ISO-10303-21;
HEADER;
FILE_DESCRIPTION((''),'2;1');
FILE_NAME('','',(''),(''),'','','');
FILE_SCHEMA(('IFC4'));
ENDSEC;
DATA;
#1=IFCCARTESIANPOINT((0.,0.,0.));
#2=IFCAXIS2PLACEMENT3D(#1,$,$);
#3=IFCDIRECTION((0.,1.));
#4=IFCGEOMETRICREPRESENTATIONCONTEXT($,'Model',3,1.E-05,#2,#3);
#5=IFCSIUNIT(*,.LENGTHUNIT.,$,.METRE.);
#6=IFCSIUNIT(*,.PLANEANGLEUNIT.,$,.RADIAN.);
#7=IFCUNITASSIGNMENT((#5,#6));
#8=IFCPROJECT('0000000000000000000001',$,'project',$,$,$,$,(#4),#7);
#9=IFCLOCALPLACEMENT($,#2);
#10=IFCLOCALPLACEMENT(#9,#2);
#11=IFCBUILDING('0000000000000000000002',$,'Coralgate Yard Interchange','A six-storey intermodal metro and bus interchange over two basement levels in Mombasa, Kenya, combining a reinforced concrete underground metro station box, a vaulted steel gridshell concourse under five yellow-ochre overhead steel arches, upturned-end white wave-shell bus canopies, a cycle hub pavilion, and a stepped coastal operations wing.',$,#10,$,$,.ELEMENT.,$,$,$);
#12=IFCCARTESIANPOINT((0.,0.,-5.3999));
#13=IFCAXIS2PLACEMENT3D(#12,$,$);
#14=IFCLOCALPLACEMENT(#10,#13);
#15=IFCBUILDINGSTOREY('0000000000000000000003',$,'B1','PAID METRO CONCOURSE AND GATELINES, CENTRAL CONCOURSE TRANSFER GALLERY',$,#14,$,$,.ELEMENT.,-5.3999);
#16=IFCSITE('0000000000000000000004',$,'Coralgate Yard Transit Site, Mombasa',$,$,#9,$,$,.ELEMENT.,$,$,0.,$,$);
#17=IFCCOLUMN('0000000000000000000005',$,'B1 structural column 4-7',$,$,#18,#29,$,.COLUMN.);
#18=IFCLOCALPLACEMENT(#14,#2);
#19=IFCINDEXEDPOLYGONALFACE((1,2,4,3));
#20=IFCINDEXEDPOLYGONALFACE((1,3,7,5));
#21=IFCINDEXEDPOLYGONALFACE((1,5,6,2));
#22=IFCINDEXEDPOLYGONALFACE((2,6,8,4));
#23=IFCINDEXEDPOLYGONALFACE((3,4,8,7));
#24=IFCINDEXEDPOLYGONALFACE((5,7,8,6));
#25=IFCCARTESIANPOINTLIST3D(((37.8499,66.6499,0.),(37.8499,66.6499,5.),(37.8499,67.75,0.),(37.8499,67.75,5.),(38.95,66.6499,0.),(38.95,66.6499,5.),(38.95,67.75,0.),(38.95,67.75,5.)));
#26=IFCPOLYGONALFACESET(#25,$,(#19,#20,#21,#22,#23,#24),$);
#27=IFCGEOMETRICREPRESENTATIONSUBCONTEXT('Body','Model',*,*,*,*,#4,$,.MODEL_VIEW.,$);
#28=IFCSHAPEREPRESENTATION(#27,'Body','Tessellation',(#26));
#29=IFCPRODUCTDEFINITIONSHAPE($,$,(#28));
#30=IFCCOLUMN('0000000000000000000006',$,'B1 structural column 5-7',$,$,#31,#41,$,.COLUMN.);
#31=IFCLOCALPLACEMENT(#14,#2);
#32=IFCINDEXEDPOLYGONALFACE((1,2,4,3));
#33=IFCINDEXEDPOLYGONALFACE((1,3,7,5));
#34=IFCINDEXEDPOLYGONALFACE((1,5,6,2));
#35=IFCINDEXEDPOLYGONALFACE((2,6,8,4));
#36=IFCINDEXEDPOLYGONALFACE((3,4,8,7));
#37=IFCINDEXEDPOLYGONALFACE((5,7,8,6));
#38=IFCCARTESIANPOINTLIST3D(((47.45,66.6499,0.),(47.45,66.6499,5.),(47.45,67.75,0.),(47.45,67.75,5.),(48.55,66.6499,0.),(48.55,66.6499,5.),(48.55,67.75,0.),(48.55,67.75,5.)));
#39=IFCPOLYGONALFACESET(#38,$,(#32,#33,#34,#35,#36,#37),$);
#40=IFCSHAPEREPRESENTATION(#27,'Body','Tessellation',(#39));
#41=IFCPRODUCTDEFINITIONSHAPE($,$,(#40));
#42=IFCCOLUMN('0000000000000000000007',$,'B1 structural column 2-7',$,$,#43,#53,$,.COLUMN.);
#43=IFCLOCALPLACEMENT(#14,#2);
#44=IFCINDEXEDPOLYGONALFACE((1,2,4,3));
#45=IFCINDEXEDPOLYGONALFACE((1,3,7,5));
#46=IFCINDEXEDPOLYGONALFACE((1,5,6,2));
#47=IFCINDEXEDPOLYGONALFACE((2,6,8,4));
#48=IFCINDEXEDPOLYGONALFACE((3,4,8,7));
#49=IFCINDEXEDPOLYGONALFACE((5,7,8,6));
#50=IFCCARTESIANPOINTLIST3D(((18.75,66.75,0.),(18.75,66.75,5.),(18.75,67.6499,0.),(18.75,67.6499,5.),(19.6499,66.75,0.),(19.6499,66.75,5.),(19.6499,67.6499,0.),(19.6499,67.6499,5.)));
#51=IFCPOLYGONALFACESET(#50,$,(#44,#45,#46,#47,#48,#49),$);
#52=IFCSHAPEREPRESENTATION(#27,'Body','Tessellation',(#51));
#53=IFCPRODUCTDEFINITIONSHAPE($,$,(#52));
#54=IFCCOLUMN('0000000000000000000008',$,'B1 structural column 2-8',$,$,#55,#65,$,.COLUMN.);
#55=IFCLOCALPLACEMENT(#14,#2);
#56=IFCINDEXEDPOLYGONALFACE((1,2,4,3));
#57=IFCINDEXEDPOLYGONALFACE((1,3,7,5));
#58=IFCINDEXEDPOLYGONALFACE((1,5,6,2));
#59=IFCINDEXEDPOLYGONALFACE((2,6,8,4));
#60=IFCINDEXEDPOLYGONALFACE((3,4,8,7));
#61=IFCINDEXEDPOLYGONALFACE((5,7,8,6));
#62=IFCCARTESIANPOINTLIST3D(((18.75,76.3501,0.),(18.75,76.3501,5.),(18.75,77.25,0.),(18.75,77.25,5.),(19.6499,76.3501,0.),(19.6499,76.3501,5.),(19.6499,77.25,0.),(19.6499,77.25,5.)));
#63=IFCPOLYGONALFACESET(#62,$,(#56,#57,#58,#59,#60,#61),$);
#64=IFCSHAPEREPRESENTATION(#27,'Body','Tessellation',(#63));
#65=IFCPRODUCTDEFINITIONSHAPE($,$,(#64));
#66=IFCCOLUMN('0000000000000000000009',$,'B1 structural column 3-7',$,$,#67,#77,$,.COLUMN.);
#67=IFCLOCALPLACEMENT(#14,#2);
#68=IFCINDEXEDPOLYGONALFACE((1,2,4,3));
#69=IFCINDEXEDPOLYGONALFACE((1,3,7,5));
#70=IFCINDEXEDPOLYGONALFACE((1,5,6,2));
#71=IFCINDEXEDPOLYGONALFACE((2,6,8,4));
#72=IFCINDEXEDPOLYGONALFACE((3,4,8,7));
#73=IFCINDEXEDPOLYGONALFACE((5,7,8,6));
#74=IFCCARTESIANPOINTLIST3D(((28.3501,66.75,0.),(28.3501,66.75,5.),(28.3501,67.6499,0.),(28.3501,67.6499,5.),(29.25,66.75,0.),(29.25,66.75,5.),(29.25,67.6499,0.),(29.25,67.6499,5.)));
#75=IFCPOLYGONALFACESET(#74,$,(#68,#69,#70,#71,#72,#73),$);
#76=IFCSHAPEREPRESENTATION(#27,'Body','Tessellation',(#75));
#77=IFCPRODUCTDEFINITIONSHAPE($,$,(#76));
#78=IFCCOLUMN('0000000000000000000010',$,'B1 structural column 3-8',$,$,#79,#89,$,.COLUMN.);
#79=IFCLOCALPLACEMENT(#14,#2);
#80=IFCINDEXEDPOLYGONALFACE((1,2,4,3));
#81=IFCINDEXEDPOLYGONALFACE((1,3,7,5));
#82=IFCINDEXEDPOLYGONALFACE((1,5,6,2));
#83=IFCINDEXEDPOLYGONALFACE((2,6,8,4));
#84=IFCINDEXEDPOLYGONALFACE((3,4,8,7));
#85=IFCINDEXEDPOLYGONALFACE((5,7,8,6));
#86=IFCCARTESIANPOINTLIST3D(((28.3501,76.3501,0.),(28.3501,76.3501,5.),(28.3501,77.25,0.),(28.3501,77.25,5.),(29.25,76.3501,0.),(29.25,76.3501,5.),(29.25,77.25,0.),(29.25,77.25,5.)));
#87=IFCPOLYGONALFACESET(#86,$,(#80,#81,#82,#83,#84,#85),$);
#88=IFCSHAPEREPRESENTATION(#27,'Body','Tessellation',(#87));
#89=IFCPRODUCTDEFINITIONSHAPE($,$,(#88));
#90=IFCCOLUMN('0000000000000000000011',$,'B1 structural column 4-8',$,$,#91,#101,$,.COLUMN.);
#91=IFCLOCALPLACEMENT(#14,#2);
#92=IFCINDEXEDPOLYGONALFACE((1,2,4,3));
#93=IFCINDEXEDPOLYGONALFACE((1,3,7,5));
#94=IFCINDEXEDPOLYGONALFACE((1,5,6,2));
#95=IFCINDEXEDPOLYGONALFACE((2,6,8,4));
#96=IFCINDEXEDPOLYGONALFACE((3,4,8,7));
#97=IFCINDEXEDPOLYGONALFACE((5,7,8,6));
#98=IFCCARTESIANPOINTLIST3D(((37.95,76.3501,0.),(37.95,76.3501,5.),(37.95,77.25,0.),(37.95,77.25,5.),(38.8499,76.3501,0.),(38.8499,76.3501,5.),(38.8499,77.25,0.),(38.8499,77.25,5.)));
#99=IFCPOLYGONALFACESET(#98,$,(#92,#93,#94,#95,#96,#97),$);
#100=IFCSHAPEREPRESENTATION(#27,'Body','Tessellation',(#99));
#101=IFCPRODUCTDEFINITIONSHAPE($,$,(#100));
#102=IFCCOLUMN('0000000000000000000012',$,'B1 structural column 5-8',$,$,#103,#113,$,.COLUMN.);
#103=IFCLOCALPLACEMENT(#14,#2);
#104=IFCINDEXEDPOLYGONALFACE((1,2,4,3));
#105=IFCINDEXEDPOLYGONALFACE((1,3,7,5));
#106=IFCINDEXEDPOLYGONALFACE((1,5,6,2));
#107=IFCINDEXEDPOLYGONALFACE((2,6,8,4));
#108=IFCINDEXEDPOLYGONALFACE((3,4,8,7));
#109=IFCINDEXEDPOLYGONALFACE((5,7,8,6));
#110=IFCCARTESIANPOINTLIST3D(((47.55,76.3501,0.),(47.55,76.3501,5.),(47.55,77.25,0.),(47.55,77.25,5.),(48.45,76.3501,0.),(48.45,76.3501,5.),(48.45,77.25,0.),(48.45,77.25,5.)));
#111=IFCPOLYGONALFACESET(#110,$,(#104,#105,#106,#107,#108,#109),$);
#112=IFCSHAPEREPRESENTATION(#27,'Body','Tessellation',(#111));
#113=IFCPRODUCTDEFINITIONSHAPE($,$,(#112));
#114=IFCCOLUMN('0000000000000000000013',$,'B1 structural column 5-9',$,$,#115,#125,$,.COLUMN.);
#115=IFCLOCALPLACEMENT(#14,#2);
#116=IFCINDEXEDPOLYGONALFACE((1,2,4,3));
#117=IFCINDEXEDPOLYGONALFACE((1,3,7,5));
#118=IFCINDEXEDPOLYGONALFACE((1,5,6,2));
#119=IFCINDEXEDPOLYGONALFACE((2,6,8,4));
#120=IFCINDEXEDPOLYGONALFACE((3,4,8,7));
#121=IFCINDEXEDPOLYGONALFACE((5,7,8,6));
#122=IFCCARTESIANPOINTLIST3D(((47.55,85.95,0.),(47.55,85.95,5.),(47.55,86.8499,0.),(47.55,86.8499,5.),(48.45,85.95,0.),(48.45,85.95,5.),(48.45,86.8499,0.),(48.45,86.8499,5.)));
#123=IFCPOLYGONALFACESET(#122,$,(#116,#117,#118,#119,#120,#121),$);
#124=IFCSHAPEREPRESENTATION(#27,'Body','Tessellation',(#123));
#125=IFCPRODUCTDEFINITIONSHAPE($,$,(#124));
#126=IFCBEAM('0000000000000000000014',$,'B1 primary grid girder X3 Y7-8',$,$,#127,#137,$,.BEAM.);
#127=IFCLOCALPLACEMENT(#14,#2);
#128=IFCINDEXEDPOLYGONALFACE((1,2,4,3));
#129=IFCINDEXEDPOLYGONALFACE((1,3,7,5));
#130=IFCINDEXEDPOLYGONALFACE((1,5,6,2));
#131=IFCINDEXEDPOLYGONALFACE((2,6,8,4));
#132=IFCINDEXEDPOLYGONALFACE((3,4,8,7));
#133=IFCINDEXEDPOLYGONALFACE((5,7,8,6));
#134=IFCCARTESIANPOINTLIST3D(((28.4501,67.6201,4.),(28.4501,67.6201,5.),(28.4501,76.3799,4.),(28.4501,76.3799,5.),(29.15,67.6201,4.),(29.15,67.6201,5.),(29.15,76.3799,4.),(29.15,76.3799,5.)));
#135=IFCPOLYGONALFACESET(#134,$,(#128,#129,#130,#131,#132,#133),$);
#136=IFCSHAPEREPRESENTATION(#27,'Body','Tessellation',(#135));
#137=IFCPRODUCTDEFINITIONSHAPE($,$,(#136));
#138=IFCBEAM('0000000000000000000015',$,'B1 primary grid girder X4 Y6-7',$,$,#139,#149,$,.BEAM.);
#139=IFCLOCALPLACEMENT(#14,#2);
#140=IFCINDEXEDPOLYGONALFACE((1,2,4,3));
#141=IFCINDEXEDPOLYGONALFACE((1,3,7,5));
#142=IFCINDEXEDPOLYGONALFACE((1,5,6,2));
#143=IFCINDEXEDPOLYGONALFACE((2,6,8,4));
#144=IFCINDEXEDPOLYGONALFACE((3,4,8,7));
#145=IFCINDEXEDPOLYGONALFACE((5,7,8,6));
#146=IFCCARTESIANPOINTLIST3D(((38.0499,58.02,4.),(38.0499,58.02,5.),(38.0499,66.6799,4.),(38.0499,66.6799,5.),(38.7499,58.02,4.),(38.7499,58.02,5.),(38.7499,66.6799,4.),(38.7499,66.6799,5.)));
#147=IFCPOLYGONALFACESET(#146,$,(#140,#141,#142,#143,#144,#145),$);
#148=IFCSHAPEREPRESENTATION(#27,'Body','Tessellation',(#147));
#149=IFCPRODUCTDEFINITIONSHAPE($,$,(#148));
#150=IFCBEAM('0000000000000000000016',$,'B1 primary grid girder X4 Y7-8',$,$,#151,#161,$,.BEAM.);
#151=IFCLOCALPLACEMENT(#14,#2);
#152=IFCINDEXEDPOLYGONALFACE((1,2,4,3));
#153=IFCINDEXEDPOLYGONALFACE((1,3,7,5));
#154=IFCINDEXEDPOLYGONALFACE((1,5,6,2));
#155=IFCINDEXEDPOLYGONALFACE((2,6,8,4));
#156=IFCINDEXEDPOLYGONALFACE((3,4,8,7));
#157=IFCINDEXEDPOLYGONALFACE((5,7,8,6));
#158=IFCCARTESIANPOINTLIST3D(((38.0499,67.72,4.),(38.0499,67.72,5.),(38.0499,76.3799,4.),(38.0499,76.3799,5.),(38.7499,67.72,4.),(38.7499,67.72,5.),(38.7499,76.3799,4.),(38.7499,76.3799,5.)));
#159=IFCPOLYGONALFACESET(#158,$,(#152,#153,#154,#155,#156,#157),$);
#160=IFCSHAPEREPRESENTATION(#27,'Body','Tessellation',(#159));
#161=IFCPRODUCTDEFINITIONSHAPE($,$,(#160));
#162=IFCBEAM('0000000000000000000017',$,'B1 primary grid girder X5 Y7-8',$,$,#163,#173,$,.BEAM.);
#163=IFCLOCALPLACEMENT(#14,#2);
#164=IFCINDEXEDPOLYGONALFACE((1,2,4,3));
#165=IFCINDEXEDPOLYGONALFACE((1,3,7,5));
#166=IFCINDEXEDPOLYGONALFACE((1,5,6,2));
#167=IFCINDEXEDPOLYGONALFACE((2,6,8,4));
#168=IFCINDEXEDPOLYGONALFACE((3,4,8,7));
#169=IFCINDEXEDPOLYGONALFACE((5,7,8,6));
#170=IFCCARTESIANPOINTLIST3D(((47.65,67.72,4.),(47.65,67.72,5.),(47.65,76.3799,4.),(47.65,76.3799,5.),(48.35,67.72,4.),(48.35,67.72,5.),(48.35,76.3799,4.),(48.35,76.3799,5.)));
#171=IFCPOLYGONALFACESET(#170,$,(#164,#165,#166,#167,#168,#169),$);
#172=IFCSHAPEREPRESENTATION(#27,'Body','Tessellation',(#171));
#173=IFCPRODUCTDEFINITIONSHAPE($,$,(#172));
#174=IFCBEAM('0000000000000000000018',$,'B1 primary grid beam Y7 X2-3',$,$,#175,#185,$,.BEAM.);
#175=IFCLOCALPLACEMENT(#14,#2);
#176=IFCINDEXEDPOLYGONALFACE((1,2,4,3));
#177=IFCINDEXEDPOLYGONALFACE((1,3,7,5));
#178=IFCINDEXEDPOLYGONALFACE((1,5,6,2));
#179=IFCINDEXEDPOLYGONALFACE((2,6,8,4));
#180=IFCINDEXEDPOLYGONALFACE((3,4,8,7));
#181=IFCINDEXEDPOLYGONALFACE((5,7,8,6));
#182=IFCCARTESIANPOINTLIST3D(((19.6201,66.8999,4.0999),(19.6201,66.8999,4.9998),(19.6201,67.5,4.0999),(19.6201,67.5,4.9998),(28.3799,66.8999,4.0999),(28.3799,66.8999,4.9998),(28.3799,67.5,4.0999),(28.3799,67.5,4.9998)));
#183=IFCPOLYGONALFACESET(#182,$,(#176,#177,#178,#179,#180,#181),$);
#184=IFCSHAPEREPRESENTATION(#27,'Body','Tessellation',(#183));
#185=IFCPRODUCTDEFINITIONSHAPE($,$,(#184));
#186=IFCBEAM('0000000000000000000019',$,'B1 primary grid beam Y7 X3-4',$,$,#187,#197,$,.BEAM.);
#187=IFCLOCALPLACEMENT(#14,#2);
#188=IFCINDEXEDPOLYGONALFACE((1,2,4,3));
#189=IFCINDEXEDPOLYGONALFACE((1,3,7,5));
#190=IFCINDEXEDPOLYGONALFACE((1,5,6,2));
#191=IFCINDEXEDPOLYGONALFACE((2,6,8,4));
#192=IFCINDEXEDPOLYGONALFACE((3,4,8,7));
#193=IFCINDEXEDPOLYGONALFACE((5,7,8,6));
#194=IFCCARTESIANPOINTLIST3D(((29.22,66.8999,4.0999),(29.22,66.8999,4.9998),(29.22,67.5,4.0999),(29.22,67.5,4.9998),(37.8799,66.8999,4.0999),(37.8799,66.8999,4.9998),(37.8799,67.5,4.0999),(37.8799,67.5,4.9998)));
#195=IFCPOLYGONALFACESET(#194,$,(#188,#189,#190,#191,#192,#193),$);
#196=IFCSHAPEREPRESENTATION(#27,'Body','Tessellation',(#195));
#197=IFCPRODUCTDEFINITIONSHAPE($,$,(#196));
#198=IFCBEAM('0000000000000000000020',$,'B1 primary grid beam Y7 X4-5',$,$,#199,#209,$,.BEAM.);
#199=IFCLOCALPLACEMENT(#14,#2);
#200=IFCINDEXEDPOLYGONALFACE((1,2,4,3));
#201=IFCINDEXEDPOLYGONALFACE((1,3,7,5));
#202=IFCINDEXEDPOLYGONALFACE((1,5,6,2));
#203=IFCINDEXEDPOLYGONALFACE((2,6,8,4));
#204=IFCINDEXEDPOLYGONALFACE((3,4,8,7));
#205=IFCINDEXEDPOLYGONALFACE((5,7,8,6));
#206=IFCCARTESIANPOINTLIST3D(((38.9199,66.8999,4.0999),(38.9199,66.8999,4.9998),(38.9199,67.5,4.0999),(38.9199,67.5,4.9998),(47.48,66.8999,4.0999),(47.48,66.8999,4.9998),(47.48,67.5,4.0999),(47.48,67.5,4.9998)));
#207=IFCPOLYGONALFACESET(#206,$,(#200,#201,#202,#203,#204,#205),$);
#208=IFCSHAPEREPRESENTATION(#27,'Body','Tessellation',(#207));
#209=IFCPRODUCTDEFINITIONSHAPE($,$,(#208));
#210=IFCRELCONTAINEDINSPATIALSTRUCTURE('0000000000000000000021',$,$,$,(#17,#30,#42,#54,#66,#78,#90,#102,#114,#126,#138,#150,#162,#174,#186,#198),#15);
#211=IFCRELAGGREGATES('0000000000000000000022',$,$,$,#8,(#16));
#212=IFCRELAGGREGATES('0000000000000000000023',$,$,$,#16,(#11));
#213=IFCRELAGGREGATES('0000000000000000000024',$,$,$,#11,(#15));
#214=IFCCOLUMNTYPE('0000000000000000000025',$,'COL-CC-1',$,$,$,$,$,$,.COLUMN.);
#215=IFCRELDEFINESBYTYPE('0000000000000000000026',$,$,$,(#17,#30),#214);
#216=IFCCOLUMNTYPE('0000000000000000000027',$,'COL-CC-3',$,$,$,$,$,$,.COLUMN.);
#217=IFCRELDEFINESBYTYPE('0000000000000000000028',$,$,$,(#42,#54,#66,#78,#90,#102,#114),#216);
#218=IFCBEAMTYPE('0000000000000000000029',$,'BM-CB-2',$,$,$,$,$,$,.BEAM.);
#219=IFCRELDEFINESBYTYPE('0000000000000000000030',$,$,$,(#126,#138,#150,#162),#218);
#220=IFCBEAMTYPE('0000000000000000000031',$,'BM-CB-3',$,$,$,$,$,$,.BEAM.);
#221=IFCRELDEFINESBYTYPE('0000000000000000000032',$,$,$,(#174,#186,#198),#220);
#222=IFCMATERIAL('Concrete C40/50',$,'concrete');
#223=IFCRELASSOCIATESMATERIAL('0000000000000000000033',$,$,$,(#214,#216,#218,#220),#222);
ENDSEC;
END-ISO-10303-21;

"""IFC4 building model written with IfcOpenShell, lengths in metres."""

from ifc_helpers import new_model, si_unit, direction, frame, origin, origin_2d, place, context, subcontext, project, spatial, rectangle, extrude, material, material_profile, profile_set, type_object, element, save


model = new_model("IFC4")

# Units and contexts
model_context = context("Model", 3, precision=1e-05, world=origin(), true_north=direction((0.0, 1.0)))
body_context = subcontext(model_context, "Body", "Model", "MODEL_VIEW")
ifc_project = project(units=[si_unit("LENGTHUNIT", "METRE"), si_unit("PLANEANGLEUNIT", "RADIAN")], contexts=[model_context])

# Site, building, storey
site_placement = place(None, origin())
site = spatial("IfcSite", under=ifc_project, at=site_placement, Name="Coralgate Yard Transit Site, Mombasa", CompositionType="ELEMENT", RefElevation=0.0)
building_placement = place(site_placement, origin())
building = spatial("IfcBuilding", under=site, at=building_placement, Name="Coralgate Yard Interchange", Description="A six-storey intermodal metro and bus interchange over two basement levels in Mombasa, Kenya, combining a reinforced concrete underground metro station box, a vaulted steel gridshell concourse under five yellow-ochre overhead steel arches, upturned-end white wave-shell bus canopies, a cycle hub pavilion, and a stepped coastal operations wing.", CompositionType="ELEMENT")
storey_placement = place(building_placement, frame((0.0, 0.0, -5.3999)))
storey = spatial("IfcBuildingStorey", under=building, at=storey_placement, Name="B1", Description="PAID METRO CONCOURSE AND GATELINES, CENTRAL CONCOURSE TRANSFER GALLERY", CompositionType="ELEMENT", Elevation=-5.3999)

# Columns
ifc_material_1 = material(Name="Concrete C40/50", Category="concrete")
ifc_material_profile_1 = material_profile(ifc_material_1, rectangle(XDim=1.1001, YDim=1.1001, at=origin_2d()), Name="RC 1100x1100")
ifc_profile_set_1 = profile_set([ifc_material_profile_1], Name="Concrete C40/50")
column_type_1 = type_object("IfcColumnType", Name="COL-CC-1", PredefinedType="COLUMN", material=ifc_profile_set_1)
for number, where, z_axis, x_axis, name in (
    (1, (38.3999, 67.2, 0.0), (0.0, 0.0, 1.0), (1.0, 0.0, 0.0), "B1 structural column 4-7"),
    (2, (48.0, 67.2, 0.0), (0.0, 0.0, 1.0), (1.0, 0.0, 0.0), "B1 structural column 5-7"),
):
    element("IfcColumn", number, at=place(storey_placement, frame(where, z_axis=z_axis, x_axis=x_axis)), inside=storey, type_object=column_type_1, Name=name, PredefinedType="COLUMN", context=body_context, shape_type="SweptSolid", body=[
        extrude(rectangle(XDim=1.1001, YDim=1.1001, at=origin_2d()), origin(), (0.0, 0.0, 1.0), 5.0),
    ])
ifc_material_profile_2 = material_profile(ifc_material_1, rectangle(XDim=0.8999, YDim=0.8999, at=origin_2d()), Name="RC 900x900")
ifc_profile_set_2 = profile_set([ifc_material_profile_2], Name="Concrete C40/50")
column_type_2 = type_object("IfcColumnType", Name="COL-CC-3", PredefinedType="COLUMN", material=ifc_profile_set_2)
for number, where, z_axis, x_axis, name in (
    (3, (19.2, 67.2, 0.0), (0.0, 0.0, 1.0), (1.0, 0.0, 0.0), "B1 structural column 2-7"),
    (4, (19.2, 76.8, 0.0), (0.0, 0.0, 1.0), (1.0, 0.0, 0.0), "B1 structural column 2-8"),
    (5, (28.8, 67.2, 0.0), (0.0, 0.0, 1.0), (1.0, 0.0, 0.0), "B1 structural column 3-7"),
    (6, (28.8, 76.8, 0.0), (0.0, 0.0, 1.0), (1.0, 0.0, 0.0), "B1 structural column 3-8"),
    (7, (38.3999, 76.8, 0.0), (0.0, 0.0, 1.0), (1.0, 0.0, 0.0), "B1 structural column 4-8"),
    (8, (48.0, 76.8, 0.0), (0.0, 0.0, 1.0), (1.0, 0.0, 0.0), "B1 structural column 5-8"),
    (9, (48.0, 86.3999, 0.0), (0.0, 0.0, 1.0), (1.0, 0.0, 0.0), "B1 structural column 5-9"),
):
    element("IfcColumn", number, at=place(storey_placement, frame(where, z_axis=z_axis, x_axis=x_axis)), inside=storey, type_object=column_type_2, Name=name, PredefinedType="COLUMN", context=body_context, shape_type="SweptSolid", body=[
        extrude(rectangle(XDim=0.8999, YDim=0.8999, at=origin_2d()), origin(), (0.0, 0.0, 1.0), 5.0),
    ])

# Beams
ifc_material_profile_3 = material_profile(ifc_material_1, rectangle(XDim=0.7, YDim=1.0, at=origin_2d()), Name="RC 700x1000")
ifc_profile_set_3 = profile_set([ifc_material_profile_3], Name="Concrete C40/50")
beam_type_1 = type_object("IfcBeamType", Name="BM-CB-2", PredefinedType="BEAM", material=ifc_profile_set_3)
beam_1_placement = place(storey_placement, frame((28.8, 67.6201, 4.5), z_axis=(0.0, 1.0, 0.0), x_axis=(-1.0, 0.0, 0.0)))
element("IfcBeam", 10, at=beam_1_placement, inside=storey, type_object=beam_type_1, Name="B1 primary grid girder X3 Y7-8", PredefinedType="BEAM", context=body_context, shape_type="SweptSolid", body=[
    extrude(rectangle(XDim=0.7, YDim=1.0, at=origin_2d()), origin(), (0.0, 0.0, 1.0), 8.7598),
])
for number, where, z_axis, x_axis, name in (
    (11, (38.3999, 58.02, 4.5), (0.0, 1.0, 0.0), (-1.0, 0.0, 0.0), "B1 primary grid girder X4 Y6-7"),
    (12, (38.3999, 67.72, 4.5), (0.0, 1.0, 0.0), (-1.0, 0.0, 0.0), "B1 primary grid girder X4 Y7-8"),
    (13, (48.0, 67.72, 4.5), (0.0, 1.0, 0.0), (-1.0, 0.0, 0.0), "B1 primary grid girder X5 Y7-8"),
):
    element("IfcBeam", number, at=place(storey_placement, frame(where, z_axis=z_axis, x_axis=x_axis)), inside=storey, type_object=beam_type_1, Name=name, PredefinedType="BEAM", context=body_context, shape_type="SweptSolid", body=[
        extrude(rectangle(XDim=0.7, YDim=1.0, at=origin_2d()), origin(), (0.0, 0.0, 1.0), 8.6599),
    ])
ifc_material_profile_4 = material_profile(ifc_material_1, rectangle(XDim=0.6001, YDim=0.8999, at=origin_2d()), Name="RC 600x900")
ifc_profile_set_4 = profile_set([ifc_material_profile_4], Name="Concrete C40/50")
beam_type_2 = type_object("IfcBeamType", Name="BM-CB-3", PredefinedType="BEAM", material=ifc_profile_set_4)
beam_2_placement = place(storey_placement, frame((19.6201, 67.2, 4.5498), z_axis=(1.0, 0.0, 0.0), x_axis=(0.0, 1.0, 0.0)))
element("IfcBeam", 14, at=beam_2_placement, inside=storey, type_object=beam_type_2, Name="B1 primary grid beam Y7 X2-3", PredefinedType="BEAM", context=body_context, shape_type="SweptSolid", body=[
    extrude(rectangle(XDim=0.6001, YDim=0.8999, at=origin_2d()), origin(), (0.0, 0.0, 1.0), 8.7598),
])
beam_3_placement = place(storey_placement, frame((29.22, 67.2, 4.5498), z_axis=(1.0, 0.0, 0.0), x_axis=(0.0, 1.0, 0.0)))
element("IfcBeam", 15, at=beam_3_placement, inside=storey, type_object=beam_type_2, Name="B1 primary grid beam Y7 X3-4", PredefinedType="BEAM", context=body_context, shape_type="SweptSolid", body=[
    extrude(rectangle(XDim=0.6001, YDim=0.8999, at=origin_2d()), origin(), (0.0, 0.0, 1.0), 8.6599),
])
beam_4_placement = place(storey_placement, frame((38.9199, 67.2, 4.5498), z_axis=(1.0, 0.0, 0.0), x_axis=(0.0, 1.0, 0.0)))
element("IfcBeam", 16, at=beam_4_placement, inside=storey, type_object=beam_type_2, Name="B1 primary grid beam Y7 X4-5", PredefinedType="BEAM", context=body_context, shape_type="SweptSolid", body=[
    extrude(rectangle(XDim=0.6001, YDim=0.8999, at=origin_2d()), origin(), (0.0, 0.0, 1.0), 8.5601),
])

save(model, "model.ifc")
